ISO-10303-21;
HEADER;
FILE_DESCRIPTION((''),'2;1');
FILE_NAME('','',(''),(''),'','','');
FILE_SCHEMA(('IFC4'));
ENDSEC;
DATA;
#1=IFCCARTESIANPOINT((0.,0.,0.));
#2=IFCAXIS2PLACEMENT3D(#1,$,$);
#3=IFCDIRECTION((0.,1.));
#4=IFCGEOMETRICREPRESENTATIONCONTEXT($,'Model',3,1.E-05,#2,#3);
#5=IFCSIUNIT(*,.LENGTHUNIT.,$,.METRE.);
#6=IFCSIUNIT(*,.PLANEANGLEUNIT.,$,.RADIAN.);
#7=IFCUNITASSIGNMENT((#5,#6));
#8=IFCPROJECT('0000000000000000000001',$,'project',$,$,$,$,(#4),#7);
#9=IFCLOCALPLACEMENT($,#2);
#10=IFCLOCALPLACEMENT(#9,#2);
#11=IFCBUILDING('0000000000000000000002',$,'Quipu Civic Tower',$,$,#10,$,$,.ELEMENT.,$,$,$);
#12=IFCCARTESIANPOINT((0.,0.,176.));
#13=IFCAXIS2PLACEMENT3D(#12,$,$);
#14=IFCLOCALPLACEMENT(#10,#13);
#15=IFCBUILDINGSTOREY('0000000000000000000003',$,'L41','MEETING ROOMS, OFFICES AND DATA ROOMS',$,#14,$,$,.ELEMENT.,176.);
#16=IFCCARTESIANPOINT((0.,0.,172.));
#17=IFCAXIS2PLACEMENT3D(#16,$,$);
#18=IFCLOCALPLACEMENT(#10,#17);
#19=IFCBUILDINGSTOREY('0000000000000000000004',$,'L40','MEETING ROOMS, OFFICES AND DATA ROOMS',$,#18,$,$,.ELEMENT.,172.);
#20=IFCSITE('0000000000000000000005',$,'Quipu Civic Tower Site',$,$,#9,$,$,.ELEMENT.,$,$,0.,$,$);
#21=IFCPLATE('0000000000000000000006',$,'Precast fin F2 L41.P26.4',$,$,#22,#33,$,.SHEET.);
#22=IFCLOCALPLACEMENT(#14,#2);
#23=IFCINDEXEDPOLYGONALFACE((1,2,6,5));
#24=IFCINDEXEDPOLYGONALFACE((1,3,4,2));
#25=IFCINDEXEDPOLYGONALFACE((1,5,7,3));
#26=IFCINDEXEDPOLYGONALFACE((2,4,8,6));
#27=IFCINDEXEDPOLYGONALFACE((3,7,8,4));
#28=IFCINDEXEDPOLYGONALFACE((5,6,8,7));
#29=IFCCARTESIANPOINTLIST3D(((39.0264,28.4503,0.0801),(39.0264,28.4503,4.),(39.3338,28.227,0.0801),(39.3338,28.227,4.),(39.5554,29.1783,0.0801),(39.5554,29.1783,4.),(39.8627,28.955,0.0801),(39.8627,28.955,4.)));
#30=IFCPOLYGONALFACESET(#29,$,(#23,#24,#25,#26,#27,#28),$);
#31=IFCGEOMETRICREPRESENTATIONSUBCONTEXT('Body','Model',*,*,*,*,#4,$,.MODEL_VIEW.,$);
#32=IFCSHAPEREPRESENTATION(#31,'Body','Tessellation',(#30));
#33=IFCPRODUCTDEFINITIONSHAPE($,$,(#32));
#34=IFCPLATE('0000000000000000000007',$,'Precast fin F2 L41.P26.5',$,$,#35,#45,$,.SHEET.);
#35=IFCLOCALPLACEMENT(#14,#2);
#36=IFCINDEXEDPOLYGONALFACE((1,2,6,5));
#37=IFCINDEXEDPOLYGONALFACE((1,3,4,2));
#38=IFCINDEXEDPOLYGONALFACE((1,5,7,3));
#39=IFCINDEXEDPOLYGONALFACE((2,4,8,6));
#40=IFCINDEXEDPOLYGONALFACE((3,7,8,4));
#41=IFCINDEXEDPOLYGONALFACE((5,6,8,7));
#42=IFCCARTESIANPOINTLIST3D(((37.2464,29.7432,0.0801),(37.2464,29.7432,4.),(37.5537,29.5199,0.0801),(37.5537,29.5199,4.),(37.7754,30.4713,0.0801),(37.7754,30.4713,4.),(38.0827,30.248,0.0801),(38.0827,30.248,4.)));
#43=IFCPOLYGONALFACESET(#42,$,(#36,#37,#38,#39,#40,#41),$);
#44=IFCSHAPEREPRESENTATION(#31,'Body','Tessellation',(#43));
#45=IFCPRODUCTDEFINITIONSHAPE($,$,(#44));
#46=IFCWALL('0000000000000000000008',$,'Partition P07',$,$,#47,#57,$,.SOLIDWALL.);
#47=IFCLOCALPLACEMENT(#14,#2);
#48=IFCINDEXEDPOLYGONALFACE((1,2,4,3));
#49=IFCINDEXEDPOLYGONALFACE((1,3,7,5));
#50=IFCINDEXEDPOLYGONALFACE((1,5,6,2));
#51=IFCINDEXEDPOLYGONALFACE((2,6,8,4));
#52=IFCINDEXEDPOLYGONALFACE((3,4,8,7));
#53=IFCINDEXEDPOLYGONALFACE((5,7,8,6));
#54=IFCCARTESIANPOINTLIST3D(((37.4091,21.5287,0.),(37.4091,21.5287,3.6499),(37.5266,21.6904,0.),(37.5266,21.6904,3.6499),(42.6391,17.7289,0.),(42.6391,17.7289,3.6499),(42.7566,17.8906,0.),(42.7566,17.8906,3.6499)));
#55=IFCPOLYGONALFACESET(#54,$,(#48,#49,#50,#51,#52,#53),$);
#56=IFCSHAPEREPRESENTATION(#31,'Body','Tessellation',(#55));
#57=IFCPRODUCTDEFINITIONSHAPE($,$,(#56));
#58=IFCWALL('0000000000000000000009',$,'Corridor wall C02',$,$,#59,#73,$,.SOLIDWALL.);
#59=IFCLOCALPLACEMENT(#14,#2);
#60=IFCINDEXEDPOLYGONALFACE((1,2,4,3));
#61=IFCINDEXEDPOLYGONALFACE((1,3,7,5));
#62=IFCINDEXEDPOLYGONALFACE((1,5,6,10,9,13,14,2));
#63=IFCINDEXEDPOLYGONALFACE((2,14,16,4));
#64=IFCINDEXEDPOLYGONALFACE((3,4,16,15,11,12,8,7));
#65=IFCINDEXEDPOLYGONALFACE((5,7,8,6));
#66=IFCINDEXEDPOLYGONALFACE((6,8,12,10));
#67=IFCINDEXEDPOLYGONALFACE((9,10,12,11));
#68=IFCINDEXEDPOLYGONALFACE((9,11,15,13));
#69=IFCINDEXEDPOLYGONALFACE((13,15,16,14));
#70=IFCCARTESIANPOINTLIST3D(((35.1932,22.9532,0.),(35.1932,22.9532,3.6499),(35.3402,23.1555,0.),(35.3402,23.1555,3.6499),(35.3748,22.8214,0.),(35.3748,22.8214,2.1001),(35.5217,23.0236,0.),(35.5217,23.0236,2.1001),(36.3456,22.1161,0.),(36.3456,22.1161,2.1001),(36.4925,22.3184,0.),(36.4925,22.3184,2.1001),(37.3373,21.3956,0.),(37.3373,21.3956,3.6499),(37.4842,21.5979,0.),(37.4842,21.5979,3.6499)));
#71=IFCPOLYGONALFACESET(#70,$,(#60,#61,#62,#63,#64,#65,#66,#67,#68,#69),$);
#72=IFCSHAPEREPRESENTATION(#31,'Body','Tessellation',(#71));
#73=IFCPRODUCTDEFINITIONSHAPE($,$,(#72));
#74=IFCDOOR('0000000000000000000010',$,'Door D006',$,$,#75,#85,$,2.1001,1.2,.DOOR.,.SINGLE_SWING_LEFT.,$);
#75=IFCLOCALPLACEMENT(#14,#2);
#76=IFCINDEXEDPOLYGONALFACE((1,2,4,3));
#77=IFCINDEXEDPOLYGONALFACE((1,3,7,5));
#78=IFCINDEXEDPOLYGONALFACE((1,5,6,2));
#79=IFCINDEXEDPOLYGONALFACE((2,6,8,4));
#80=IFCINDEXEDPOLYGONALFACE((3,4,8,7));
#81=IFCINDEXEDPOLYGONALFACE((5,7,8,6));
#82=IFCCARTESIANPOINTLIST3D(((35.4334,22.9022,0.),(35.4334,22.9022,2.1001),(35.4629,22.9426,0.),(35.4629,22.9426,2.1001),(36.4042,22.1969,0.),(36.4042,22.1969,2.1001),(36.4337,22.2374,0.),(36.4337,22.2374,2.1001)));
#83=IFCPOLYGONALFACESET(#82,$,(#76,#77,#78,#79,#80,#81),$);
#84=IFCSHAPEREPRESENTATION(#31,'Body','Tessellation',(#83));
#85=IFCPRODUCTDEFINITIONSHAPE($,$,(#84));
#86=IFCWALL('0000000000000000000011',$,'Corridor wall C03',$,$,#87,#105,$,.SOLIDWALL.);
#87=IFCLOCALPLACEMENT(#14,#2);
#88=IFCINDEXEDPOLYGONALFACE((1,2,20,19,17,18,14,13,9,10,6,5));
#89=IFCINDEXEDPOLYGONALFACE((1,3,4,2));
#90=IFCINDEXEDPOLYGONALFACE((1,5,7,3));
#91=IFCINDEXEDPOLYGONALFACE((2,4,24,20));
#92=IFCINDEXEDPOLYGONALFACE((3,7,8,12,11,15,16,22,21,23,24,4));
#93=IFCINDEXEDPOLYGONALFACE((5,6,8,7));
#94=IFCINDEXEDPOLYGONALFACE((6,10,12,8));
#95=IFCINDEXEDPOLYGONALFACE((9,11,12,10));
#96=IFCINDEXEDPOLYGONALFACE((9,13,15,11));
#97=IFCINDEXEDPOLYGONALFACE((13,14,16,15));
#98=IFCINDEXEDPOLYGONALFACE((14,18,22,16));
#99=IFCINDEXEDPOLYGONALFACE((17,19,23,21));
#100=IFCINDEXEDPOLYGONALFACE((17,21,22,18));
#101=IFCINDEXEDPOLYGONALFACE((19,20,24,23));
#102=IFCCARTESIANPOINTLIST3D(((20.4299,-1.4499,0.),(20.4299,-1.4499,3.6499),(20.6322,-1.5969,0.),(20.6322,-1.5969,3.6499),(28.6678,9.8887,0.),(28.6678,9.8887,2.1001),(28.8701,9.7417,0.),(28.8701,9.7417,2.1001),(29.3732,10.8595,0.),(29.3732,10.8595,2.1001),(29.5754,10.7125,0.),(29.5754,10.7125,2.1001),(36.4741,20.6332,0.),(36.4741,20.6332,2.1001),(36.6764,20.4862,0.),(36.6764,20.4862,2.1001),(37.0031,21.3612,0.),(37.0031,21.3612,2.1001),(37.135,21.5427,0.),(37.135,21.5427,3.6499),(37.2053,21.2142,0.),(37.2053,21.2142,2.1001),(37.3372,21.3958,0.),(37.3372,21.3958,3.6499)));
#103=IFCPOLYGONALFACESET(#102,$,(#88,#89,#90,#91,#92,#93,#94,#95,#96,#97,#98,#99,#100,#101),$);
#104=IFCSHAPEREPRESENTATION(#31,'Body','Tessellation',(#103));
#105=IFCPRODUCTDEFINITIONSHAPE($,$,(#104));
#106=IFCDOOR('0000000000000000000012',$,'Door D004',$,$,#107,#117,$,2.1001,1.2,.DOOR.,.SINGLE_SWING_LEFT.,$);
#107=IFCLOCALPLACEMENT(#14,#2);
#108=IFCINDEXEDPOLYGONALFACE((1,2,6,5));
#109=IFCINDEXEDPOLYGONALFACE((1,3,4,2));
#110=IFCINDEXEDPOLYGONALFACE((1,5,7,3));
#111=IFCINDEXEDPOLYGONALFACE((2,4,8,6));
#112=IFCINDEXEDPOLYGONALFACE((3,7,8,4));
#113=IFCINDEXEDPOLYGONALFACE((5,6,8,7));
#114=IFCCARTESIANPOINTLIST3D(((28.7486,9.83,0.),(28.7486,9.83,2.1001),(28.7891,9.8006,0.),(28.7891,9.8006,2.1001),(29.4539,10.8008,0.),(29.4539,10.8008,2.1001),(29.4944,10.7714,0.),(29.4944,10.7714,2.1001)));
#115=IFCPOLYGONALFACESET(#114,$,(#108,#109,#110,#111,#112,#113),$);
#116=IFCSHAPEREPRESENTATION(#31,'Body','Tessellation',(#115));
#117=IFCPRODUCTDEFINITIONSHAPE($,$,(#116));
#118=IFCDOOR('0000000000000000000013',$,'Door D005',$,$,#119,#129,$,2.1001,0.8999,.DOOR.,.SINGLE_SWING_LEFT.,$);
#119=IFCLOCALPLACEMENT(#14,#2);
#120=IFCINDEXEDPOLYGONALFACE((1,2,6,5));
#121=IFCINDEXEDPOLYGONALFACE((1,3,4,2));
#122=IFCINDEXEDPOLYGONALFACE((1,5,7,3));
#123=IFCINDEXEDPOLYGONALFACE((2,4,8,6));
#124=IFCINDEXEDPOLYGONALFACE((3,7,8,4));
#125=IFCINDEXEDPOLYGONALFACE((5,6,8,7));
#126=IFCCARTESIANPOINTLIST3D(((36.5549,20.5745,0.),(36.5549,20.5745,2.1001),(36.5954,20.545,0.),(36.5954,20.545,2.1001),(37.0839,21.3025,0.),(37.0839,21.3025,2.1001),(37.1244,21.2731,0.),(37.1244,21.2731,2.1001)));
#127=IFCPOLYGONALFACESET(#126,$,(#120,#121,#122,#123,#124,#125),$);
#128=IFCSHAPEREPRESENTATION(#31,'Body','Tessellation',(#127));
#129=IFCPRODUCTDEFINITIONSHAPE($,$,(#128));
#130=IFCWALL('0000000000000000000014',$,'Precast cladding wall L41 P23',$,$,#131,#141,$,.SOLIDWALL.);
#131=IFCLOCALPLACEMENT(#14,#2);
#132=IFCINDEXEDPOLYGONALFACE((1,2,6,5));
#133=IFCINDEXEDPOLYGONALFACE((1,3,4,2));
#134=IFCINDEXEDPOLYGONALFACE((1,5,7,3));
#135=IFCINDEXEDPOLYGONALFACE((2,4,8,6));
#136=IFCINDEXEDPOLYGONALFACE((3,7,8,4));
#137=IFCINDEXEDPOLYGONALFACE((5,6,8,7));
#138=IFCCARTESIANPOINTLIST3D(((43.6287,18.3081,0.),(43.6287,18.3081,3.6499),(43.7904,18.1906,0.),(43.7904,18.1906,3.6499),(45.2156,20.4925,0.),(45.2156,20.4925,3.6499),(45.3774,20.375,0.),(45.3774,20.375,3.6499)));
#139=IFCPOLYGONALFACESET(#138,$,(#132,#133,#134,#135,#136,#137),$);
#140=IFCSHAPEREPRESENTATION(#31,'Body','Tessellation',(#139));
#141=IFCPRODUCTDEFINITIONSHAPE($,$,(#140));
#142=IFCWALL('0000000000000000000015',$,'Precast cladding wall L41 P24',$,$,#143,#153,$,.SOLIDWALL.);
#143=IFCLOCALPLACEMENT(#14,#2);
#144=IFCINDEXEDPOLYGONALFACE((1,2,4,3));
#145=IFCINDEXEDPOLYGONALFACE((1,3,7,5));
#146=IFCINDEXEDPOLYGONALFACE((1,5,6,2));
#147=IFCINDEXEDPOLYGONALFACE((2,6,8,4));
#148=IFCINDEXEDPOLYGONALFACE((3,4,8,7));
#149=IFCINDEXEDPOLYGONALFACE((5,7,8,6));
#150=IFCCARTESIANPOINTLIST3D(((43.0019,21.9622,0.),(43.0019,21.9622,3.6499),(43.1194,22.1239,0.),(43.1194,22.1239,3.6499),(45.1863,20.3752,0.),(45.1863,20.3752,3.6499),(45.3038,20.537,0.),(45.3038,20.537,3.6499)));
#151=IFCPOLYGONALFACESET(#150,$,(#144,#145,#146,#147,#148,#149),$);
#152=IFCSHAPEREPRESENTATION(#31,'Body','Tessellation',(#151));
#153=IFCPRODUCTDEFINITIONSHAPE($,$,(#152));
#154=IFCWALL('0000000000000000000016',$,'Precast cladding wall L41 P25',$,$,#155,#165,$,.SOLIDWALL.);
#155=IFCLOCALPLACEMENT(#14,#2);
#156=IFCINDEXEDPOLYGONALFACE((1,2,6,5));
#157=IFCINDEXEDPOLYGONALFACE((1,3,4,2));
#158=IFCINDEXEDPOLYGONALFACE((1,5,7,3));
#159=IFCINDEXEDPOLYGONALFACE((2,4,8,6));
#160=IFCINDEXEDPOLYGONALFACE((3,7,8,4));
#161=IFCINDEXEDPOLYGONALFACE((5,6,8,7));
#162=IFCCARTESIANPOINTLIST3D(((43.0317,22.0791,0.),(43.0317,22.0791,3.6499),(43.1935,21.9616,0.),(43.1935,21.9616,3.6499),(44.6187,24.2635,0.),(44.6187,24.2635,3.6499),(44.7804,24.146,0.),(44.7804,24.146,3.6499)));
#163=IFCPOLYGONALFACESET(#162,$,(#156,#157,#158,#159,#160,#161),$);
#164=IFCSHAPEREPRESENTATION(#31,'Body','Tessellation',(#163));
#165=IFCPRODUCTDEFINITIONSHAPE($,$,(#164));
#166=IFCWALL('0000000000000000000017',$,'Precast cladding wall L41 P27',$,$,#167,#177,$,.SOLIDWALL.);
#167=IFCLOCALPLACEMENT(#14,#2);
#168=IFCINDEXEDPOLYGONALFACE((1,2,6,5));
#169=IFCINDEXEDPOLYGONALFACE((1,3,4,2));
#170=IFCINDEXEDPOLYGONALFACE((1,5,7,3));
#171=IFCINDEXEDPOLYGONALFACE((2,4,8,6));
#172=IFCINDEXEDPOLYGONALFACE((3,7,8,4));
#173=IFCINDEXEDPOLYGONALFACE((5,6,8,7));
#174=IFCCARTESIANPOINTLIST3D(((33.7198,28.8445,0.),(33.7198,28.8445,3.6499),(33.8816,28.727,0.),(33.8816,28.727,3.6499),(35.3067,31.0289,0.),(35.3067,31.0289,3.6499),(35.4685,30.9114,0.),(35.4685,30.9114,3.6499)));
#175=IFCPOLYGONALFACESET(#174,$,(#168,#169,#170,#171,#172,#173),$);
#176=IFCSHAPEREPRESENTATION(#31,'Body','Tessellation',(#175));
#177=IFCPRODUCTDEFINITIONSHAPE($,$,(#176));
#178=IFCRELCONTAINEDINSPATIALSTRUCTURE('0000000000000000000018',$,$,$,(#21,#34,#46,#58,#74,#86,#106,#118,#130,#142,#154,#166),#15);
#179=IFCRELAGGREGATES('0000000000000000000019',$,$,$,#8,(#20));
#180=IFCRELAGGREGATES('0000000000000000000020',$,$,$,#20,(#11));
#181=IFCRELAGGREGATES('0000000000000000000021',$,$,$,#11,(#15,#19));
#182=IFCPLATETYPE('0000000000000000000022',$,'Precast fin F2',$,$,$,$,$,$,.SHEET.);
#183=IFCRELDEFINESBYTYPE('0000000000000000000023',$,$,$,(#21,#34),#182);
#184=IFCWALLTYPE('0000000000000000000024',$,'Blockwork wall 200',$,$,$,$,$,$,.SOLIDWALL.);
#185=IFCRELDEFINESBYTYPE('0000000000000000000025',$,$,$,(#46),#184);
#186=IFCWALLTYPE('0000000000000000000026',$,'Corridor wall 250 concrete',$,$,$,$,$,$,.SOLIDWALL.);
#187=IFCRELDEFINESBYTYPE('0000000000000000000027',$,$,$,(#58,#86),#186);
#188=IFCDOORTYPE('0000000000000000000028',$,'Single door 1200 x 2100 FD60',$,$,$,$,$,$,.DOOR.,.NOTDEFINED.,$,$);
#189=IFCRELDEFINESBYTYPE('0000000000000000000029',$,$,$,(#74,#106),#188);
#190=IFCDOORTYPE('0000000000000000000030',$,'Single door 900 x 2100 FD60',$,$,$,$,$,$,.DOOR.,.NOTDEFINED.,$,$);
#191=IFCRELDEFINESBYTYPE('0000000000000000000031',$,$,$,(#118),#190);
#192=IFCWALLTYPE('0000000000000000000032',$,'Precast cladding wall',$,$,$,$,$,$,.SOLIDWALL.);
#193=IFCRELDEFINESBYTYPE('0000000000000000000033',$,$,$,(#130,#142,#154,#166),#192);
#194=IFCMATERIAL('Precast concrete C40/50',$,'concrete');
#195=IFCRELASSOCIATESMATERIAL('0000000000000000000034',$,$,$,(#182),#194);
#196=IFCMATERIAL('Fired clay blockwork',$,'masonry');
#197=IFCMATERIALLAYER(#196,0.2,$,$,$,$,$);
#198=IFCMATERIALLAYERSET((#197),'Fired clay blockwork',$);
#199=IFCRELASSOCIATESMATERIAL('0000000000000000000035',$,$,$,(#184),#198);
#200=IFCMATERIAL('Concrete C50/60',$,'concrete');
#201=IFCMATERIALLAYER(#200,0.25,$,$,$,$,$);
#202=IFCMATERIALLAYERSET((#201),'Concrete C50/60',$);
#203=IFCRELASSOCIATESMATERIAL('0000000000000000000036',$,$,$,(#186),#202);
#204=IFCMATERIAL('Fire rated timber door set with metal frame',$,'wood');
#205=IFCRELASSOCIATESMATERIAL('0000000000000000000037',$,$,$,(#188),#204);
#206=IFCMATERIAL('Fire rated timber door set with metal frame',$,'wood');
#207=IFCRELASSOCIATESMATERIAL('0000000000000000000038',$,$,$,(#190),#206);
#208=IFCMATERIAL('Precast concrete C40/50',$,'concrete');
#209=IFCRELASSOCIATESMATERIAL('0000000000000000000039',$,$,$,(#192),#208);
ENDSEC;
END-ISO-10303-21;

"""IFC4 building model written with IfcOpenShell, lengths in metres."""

from ifc_helpers import new_model, si_unit, direction, frame, frame_2d, origin, origin_2d, place, context, subcontext, project, spatial, rectangle, extrude, material, layer, layer_set, type_object, element, fill, save


model = new_model("IFC4")

# Units and contexts
model_context = context("Model", 3, precision=1e-05, world=origin(), true_north=direction((0.0, 1.0)))
body_context = subcontext(model_context, "Body", "Model", "MODEL_VIEW")
ifc_project = project(units=[si_unit("LENGTHUNIT", "METRE"), si_unit("PLANEANGLEUNIT", "RADIAN")], contexts=[model_context])

# Site, building, storey
site_placement = place(None, origin())
site = spatial("IfcSite", under=ifc_project, at=site_placement, Name="Quipu Civic Tower Site", CompositionType="ELEMENT", RefElevation=0.0)
building_placement = place(site_placement, origin())
building = spatial("IfcBuilding", under=site, at=building_placement, Name="Quipu Civic Tower", CompositionType="ELEMENT")
storey_1_placement = place(building_placement, frame((0.0, 0.0, 176.0)))
storey_1 = spatial("IfcBuildingStorey", under=building, at=storey_1_placement, Name="L41", Description="MEETING ROOMS, OFFICES AND DATA ROOMS", CompositionType="ELEMENT", Elevation=176.0)

# Shared definitions
storey_2_placement = place(building_placement, frame((0.0, 0.0, 172.0)))
storey_2 = spatial("IfcBuildingStorey", under=building, at=storey_2_placement, Name="L40", Description="MEETING ROOMS, OFFICES AND DATA ROOMS", CompositionType="ELEMENT", Elevation=172.0)

# Plates
ifc_material_1 = material(Name="Precast concrete C40/50", Category="concrete")
plate_type_1 = type_object("IfcPlateType", Name="Precast fin F2", PredefinedType="SHEET", material=ifc_material_1)
for number, where, z_axis, x_axis, name in (
    (1, (39.4446, 28.7026, 0.0801), (0.0, 0.0, 1.0), (-0.809017, 0.587785, 0.0), "Precast fin F2 L41.P26.4"),
    (2, (37.6646, 29.9956, 0.0801), (0.0, 0.0, 1.0), (-0.809017, 0.587785, 0.0), "Precast fin F2 L41.P26.5"),
):
    element("IfcPlate", number, at=place(storey_1_placement, frame(where, z_axis=z_axis, x_axis=x_axis)), inside=storey_1, type_object=plate_type_1, Name=name, PredefinedType="SHEET", context=body_context, shape_type="SweptSolid", body=[
        extrude(rectangle(XDim=0.3799, YDim=0.8999, at=origin_2d()), origin(), (0.0, 0.0, 1.0), 3.9199),
    ])

# Wall
ifc_material_2 = material(Name="Fired clay blockwork", Category="masonry")
ifc_layer_1 = layer(ifc_material_2, 0.2)
ifc_layer_set_1 = layer_set([ifc_layer_1], Name="Fired clay blockwork")
wall_type_1 = type_object("IfcWallType", Name="Blockwork wall 200", PredefinedType="SOLIDWALL", material=ifc_layer_set_1)
wall_1_placement = place(storey_1_placement, frame((37.4678, 21.6096, 0.0), z_axis=(0.0, 0.0, 1.0), x_axis=(0.809017, -0.587785, 0.0)))
element("IfcWall", 3, at=wall_1_placement, inside=storey_1, type_object=wall_type_1, Name="Partition P07", PredefinedType="SOLIDWALL", context=body_context, shape_type="SweptSolid", body=[
    extrude(rectangle(XDim=6.4646, YDim=0.2, at=frame_2d((3.2324, 0.0))), origin(), (0.0, 0.0, 1.0), 3.6499),
])

# Wall, opening, door
ifc_material_3 = material(Name="Concrete C50/60", Category="concrete")
ifc_layer_2 = layer(ifc_material_3, 0.25)
ifc_layer_set_2 = layer_set([ifc_layer_2], Name="Concrete C50/60")
wall_type_2 = type_object("IfcWallType", Name="Corridor wall 250 concrete", PredefinedType="SOLIDWALL", material=ifc_layer_set_2)
wall_2_placement = place(storey_1_placement, frame((35.2666, 23.0544, 0.0), z_axis=(0.0, 0.0, 1.0), x_axis=(0.809039, -0.587755, 0.0)))
wall_2 = element("IfcWall", 4, at=wall_2_placement, inside=storey_1, type_object=wall_type_2, Name="Corridor wall C02", PredefinedType="SOLIDWALL", context=body_context, shape_type="SweptSolid", body=[
    extrude(rectangle(XDim=2.6501, YDim=0.25, at=frame_2d((1.3252, 0.0))), origin(), (0.0, 0.0, 1.0), 3.6499),
])
opening_1_placement = place(wall_2_placement, frame((0.2244, 0.0, 0.0)))
opening_1 = element("IfcOpeningElement", 5, at=opening_1_placement, cuts=wall_2, PredefinedType="OPENING", context=body_context, shape_type="SweptSolid", body=[
    extrude(rectangle(XDim=1.2, YDim=2.1001, at=frame_2d((0.6001, 1.05))), frame((0.0, 0.135, 0.0), z_axis=(0.0, -1.0, 0.0), x_axis=(1.0, 0.0, 0.0)), (0.0, 0.0, 1.0), 0.27),
])
ifc_material_4 = material(Name="Fire rated timber door set with metal frame", Category="wood")
door_type_1 = type_object("IfcDoorType", Name="Single door 1200 x 2100 FD60", OperationType="NOTDEFINED", PredefinedType="DOOR", material=ifc_material_4)
door_1_placement = place(opening_1_placement, origin())
door_1 = element("IfcDoor", 6, at=door_1_placement, inside=storey_1, type_object=door_type_1, Name="Door D006", OperationType="SINGLE_SWING_LEFT", OverallHeight=2.1001, OverallWidth=1.2, PredefinedType="DOOR", context=body_context, shape_type="SweptSolid", body=[
    extrude(rectangle(XDim=1.2, YDim=2.1001, at=frame_2d((0.6001, 1.05))), frame((0.0, 0.0249, 0.0), z_axis=(0.0, -1.0, 0.0), x_axis=(1.0, 0.0, 0.0)), (0.0, 0.0, 1.0), 0.05),
])
fill(opening_1, door_1)

# Wall, openings, doors
wall_3_placement = place(storey_1_placement, frame((37.2361, 21.4692, 0.0), z_axis=(0.0, 0.0, 1.0), x_axis=(-0.587783, -0.809018, 0.0)))
wall_3 = element("IfcWall", 7, at=wall_3_placement, inside=storey_1, type_object=wall_type_2, Name="Corridor wall C03", PredefinedType="SOLIDWALL", context=body_context, shape_type="SweptSolid", body=[
    extrude(rectangle(XDim=28.4204, YDim=0.25, at=frame_2d((14.2102, 0.0))), origin(), (0.0, 0.0, 1.0), 3.6499),
])
opening_2_placement = place(wall_3_placement, frame((13.2051, 0.0, 0.0)))
opening_2 = element("IfcOpeningElement", 8, at=opening_2_placement, cuts=wall_3, PredefinedType="OPENING", context=body_context, shape_type="SweptSolid", body=[
    extrude(rectangle(XDim=1.2, YDim=2.1001, at=frame_2d((0.6001, 1.05))), frame((0.0, 0.135, 0.0), z_axis=(0.0, -1.0, 0.0), x_axis=(1.0, 0.0, 0.0)), (0.0, 0.0, 1.0), 0.27),
])
opening_3_placement = place(wall_3_placement, frame((0.2244, 0.0, 0.0)))
opening_3 = element("IfcOpeningElement", 9, at=opening_3_placement, cuts=wall_3, PredefinedType="OPENING", context=body_context, shape_type="SweptSolid", body=[
    extrude(rectangle(XDim=0.8999, YDim=2.1001, at=frame_2d((0.45, 1.05))), frame((0.0, 0.135, 0.0), z_axis=(0.0, -1.0, 0.0), x_axis=(1.0, 0.0, 0.0)), (0.0, 0.0, 1.0), 0.27),
])
door_2_placement = place(opening_2_placement, origin())
door_2 = element("IfcDoor", 10, at=door_2_placement, inside=storey_1, type_object=door_type_1, Name="Door D004", OperationType="SINGLE_SWING_LEFT", OverallHeight=2.1001, OverallWidth=1.2, PredefinedType="DOOR", context=body_context, shape_type="SweptSolid", body=[
    extrude(rectangle(XDim=1.2, YDim=2.1001, at=frame_2d((0.6001, 1.05))), frame((0.0, 0.0249, 0.0), z_axis=(0.0, -1.0, 0.0), x_axis=(1.0, 0.0, 0.0)), (0.0, 0.0, 1.0), 0.05),
])
fill(opening_2, door_2)
ifc_material_5 = material(Name="Fire rated timber door set with metal frame", Category="wood")
door_type_2 = type_object("IfcDoorType", Name="Single door 900 x 2100 FD60", OperationType="NOTDEFINED", PredefinedType="DOOR", material=ifc_material_5)
door_3_placement = place(opening_3_placement, origin())
door_3 = element("IfcDoor", 11, at=door_3_placement, inside=storey_1, type_object=door_type_2, Name="Door D005", OperationType="SINGLE_SWING_LEFT", OverallHeight=2.1001, OverallWidth=0.8999, PredefinedType="DOOR", context=body_context, shape_type="SweptSolid", body=[
    extrude(rectangle(XDim=0.8999, YDim=2.1001, at=frame_2d((0.45, 1.05))), frame((0.0, 0.0249, 0.0), z_axis=(0.0, -1.0, 0.0), x_axis=(1.0, 0.0, 0.0)), (0.0, 0.0, 1.0), 0.05),
])
fill(opening_3, door_3)

# Walls
ifc_material_6 = material(Name="Precast concrete C40/50", Category="concrete")
wall_type_3 = type_object("IfcWallType", Name="Precast cladding wall", PredefinedType="SOLIDWALL", material=ifc_material_6)
for number, where, z_axis, x_axis, name in (
    (12, (43.7095, 18.2493, 0.0), (0.0, 0.0, 1.0), (0.587763, 0.809033, 0.0), "Precast cladding wall L41 P23"),
    (13, (45.2451, 20.4561, 0.0), (0.0, 0.0, 1.0), (-0.809033, 0.587763, 0.0), "Precast cladding wall L41 P24"),
    (14, (43.1125, 22.0203, 0.0), (0.0, 0.0, 1.0), (0.587763, 0.809033, 0.0), "Precast cladding wall L41 P25"),
    (15, (35.3877, 30.9702, 0.0), (0.0, 0.0, 1.0), (-0.587763, -0.809033, 0.0), "Precast cladding wall L41 P27"),
):
    element("IfcWall", number, at=place(storey_1_placement, frame(where, z_axis=z_axis, x_axis=x_axis)), inside=storey_1, type_object=wall_type_3, Name=name, PredefinedType="SOLIDWALL", context=body_context, shape_type="SweptSolid", body=[
        extrude(rectangle(XDim=2.7, YDim=0.2, at=frame_2d((1.3501, 0.0))), origin(), (0.0, 0.0, 1.0), 3.6499),
    ])

save(model, "model.ifc")
